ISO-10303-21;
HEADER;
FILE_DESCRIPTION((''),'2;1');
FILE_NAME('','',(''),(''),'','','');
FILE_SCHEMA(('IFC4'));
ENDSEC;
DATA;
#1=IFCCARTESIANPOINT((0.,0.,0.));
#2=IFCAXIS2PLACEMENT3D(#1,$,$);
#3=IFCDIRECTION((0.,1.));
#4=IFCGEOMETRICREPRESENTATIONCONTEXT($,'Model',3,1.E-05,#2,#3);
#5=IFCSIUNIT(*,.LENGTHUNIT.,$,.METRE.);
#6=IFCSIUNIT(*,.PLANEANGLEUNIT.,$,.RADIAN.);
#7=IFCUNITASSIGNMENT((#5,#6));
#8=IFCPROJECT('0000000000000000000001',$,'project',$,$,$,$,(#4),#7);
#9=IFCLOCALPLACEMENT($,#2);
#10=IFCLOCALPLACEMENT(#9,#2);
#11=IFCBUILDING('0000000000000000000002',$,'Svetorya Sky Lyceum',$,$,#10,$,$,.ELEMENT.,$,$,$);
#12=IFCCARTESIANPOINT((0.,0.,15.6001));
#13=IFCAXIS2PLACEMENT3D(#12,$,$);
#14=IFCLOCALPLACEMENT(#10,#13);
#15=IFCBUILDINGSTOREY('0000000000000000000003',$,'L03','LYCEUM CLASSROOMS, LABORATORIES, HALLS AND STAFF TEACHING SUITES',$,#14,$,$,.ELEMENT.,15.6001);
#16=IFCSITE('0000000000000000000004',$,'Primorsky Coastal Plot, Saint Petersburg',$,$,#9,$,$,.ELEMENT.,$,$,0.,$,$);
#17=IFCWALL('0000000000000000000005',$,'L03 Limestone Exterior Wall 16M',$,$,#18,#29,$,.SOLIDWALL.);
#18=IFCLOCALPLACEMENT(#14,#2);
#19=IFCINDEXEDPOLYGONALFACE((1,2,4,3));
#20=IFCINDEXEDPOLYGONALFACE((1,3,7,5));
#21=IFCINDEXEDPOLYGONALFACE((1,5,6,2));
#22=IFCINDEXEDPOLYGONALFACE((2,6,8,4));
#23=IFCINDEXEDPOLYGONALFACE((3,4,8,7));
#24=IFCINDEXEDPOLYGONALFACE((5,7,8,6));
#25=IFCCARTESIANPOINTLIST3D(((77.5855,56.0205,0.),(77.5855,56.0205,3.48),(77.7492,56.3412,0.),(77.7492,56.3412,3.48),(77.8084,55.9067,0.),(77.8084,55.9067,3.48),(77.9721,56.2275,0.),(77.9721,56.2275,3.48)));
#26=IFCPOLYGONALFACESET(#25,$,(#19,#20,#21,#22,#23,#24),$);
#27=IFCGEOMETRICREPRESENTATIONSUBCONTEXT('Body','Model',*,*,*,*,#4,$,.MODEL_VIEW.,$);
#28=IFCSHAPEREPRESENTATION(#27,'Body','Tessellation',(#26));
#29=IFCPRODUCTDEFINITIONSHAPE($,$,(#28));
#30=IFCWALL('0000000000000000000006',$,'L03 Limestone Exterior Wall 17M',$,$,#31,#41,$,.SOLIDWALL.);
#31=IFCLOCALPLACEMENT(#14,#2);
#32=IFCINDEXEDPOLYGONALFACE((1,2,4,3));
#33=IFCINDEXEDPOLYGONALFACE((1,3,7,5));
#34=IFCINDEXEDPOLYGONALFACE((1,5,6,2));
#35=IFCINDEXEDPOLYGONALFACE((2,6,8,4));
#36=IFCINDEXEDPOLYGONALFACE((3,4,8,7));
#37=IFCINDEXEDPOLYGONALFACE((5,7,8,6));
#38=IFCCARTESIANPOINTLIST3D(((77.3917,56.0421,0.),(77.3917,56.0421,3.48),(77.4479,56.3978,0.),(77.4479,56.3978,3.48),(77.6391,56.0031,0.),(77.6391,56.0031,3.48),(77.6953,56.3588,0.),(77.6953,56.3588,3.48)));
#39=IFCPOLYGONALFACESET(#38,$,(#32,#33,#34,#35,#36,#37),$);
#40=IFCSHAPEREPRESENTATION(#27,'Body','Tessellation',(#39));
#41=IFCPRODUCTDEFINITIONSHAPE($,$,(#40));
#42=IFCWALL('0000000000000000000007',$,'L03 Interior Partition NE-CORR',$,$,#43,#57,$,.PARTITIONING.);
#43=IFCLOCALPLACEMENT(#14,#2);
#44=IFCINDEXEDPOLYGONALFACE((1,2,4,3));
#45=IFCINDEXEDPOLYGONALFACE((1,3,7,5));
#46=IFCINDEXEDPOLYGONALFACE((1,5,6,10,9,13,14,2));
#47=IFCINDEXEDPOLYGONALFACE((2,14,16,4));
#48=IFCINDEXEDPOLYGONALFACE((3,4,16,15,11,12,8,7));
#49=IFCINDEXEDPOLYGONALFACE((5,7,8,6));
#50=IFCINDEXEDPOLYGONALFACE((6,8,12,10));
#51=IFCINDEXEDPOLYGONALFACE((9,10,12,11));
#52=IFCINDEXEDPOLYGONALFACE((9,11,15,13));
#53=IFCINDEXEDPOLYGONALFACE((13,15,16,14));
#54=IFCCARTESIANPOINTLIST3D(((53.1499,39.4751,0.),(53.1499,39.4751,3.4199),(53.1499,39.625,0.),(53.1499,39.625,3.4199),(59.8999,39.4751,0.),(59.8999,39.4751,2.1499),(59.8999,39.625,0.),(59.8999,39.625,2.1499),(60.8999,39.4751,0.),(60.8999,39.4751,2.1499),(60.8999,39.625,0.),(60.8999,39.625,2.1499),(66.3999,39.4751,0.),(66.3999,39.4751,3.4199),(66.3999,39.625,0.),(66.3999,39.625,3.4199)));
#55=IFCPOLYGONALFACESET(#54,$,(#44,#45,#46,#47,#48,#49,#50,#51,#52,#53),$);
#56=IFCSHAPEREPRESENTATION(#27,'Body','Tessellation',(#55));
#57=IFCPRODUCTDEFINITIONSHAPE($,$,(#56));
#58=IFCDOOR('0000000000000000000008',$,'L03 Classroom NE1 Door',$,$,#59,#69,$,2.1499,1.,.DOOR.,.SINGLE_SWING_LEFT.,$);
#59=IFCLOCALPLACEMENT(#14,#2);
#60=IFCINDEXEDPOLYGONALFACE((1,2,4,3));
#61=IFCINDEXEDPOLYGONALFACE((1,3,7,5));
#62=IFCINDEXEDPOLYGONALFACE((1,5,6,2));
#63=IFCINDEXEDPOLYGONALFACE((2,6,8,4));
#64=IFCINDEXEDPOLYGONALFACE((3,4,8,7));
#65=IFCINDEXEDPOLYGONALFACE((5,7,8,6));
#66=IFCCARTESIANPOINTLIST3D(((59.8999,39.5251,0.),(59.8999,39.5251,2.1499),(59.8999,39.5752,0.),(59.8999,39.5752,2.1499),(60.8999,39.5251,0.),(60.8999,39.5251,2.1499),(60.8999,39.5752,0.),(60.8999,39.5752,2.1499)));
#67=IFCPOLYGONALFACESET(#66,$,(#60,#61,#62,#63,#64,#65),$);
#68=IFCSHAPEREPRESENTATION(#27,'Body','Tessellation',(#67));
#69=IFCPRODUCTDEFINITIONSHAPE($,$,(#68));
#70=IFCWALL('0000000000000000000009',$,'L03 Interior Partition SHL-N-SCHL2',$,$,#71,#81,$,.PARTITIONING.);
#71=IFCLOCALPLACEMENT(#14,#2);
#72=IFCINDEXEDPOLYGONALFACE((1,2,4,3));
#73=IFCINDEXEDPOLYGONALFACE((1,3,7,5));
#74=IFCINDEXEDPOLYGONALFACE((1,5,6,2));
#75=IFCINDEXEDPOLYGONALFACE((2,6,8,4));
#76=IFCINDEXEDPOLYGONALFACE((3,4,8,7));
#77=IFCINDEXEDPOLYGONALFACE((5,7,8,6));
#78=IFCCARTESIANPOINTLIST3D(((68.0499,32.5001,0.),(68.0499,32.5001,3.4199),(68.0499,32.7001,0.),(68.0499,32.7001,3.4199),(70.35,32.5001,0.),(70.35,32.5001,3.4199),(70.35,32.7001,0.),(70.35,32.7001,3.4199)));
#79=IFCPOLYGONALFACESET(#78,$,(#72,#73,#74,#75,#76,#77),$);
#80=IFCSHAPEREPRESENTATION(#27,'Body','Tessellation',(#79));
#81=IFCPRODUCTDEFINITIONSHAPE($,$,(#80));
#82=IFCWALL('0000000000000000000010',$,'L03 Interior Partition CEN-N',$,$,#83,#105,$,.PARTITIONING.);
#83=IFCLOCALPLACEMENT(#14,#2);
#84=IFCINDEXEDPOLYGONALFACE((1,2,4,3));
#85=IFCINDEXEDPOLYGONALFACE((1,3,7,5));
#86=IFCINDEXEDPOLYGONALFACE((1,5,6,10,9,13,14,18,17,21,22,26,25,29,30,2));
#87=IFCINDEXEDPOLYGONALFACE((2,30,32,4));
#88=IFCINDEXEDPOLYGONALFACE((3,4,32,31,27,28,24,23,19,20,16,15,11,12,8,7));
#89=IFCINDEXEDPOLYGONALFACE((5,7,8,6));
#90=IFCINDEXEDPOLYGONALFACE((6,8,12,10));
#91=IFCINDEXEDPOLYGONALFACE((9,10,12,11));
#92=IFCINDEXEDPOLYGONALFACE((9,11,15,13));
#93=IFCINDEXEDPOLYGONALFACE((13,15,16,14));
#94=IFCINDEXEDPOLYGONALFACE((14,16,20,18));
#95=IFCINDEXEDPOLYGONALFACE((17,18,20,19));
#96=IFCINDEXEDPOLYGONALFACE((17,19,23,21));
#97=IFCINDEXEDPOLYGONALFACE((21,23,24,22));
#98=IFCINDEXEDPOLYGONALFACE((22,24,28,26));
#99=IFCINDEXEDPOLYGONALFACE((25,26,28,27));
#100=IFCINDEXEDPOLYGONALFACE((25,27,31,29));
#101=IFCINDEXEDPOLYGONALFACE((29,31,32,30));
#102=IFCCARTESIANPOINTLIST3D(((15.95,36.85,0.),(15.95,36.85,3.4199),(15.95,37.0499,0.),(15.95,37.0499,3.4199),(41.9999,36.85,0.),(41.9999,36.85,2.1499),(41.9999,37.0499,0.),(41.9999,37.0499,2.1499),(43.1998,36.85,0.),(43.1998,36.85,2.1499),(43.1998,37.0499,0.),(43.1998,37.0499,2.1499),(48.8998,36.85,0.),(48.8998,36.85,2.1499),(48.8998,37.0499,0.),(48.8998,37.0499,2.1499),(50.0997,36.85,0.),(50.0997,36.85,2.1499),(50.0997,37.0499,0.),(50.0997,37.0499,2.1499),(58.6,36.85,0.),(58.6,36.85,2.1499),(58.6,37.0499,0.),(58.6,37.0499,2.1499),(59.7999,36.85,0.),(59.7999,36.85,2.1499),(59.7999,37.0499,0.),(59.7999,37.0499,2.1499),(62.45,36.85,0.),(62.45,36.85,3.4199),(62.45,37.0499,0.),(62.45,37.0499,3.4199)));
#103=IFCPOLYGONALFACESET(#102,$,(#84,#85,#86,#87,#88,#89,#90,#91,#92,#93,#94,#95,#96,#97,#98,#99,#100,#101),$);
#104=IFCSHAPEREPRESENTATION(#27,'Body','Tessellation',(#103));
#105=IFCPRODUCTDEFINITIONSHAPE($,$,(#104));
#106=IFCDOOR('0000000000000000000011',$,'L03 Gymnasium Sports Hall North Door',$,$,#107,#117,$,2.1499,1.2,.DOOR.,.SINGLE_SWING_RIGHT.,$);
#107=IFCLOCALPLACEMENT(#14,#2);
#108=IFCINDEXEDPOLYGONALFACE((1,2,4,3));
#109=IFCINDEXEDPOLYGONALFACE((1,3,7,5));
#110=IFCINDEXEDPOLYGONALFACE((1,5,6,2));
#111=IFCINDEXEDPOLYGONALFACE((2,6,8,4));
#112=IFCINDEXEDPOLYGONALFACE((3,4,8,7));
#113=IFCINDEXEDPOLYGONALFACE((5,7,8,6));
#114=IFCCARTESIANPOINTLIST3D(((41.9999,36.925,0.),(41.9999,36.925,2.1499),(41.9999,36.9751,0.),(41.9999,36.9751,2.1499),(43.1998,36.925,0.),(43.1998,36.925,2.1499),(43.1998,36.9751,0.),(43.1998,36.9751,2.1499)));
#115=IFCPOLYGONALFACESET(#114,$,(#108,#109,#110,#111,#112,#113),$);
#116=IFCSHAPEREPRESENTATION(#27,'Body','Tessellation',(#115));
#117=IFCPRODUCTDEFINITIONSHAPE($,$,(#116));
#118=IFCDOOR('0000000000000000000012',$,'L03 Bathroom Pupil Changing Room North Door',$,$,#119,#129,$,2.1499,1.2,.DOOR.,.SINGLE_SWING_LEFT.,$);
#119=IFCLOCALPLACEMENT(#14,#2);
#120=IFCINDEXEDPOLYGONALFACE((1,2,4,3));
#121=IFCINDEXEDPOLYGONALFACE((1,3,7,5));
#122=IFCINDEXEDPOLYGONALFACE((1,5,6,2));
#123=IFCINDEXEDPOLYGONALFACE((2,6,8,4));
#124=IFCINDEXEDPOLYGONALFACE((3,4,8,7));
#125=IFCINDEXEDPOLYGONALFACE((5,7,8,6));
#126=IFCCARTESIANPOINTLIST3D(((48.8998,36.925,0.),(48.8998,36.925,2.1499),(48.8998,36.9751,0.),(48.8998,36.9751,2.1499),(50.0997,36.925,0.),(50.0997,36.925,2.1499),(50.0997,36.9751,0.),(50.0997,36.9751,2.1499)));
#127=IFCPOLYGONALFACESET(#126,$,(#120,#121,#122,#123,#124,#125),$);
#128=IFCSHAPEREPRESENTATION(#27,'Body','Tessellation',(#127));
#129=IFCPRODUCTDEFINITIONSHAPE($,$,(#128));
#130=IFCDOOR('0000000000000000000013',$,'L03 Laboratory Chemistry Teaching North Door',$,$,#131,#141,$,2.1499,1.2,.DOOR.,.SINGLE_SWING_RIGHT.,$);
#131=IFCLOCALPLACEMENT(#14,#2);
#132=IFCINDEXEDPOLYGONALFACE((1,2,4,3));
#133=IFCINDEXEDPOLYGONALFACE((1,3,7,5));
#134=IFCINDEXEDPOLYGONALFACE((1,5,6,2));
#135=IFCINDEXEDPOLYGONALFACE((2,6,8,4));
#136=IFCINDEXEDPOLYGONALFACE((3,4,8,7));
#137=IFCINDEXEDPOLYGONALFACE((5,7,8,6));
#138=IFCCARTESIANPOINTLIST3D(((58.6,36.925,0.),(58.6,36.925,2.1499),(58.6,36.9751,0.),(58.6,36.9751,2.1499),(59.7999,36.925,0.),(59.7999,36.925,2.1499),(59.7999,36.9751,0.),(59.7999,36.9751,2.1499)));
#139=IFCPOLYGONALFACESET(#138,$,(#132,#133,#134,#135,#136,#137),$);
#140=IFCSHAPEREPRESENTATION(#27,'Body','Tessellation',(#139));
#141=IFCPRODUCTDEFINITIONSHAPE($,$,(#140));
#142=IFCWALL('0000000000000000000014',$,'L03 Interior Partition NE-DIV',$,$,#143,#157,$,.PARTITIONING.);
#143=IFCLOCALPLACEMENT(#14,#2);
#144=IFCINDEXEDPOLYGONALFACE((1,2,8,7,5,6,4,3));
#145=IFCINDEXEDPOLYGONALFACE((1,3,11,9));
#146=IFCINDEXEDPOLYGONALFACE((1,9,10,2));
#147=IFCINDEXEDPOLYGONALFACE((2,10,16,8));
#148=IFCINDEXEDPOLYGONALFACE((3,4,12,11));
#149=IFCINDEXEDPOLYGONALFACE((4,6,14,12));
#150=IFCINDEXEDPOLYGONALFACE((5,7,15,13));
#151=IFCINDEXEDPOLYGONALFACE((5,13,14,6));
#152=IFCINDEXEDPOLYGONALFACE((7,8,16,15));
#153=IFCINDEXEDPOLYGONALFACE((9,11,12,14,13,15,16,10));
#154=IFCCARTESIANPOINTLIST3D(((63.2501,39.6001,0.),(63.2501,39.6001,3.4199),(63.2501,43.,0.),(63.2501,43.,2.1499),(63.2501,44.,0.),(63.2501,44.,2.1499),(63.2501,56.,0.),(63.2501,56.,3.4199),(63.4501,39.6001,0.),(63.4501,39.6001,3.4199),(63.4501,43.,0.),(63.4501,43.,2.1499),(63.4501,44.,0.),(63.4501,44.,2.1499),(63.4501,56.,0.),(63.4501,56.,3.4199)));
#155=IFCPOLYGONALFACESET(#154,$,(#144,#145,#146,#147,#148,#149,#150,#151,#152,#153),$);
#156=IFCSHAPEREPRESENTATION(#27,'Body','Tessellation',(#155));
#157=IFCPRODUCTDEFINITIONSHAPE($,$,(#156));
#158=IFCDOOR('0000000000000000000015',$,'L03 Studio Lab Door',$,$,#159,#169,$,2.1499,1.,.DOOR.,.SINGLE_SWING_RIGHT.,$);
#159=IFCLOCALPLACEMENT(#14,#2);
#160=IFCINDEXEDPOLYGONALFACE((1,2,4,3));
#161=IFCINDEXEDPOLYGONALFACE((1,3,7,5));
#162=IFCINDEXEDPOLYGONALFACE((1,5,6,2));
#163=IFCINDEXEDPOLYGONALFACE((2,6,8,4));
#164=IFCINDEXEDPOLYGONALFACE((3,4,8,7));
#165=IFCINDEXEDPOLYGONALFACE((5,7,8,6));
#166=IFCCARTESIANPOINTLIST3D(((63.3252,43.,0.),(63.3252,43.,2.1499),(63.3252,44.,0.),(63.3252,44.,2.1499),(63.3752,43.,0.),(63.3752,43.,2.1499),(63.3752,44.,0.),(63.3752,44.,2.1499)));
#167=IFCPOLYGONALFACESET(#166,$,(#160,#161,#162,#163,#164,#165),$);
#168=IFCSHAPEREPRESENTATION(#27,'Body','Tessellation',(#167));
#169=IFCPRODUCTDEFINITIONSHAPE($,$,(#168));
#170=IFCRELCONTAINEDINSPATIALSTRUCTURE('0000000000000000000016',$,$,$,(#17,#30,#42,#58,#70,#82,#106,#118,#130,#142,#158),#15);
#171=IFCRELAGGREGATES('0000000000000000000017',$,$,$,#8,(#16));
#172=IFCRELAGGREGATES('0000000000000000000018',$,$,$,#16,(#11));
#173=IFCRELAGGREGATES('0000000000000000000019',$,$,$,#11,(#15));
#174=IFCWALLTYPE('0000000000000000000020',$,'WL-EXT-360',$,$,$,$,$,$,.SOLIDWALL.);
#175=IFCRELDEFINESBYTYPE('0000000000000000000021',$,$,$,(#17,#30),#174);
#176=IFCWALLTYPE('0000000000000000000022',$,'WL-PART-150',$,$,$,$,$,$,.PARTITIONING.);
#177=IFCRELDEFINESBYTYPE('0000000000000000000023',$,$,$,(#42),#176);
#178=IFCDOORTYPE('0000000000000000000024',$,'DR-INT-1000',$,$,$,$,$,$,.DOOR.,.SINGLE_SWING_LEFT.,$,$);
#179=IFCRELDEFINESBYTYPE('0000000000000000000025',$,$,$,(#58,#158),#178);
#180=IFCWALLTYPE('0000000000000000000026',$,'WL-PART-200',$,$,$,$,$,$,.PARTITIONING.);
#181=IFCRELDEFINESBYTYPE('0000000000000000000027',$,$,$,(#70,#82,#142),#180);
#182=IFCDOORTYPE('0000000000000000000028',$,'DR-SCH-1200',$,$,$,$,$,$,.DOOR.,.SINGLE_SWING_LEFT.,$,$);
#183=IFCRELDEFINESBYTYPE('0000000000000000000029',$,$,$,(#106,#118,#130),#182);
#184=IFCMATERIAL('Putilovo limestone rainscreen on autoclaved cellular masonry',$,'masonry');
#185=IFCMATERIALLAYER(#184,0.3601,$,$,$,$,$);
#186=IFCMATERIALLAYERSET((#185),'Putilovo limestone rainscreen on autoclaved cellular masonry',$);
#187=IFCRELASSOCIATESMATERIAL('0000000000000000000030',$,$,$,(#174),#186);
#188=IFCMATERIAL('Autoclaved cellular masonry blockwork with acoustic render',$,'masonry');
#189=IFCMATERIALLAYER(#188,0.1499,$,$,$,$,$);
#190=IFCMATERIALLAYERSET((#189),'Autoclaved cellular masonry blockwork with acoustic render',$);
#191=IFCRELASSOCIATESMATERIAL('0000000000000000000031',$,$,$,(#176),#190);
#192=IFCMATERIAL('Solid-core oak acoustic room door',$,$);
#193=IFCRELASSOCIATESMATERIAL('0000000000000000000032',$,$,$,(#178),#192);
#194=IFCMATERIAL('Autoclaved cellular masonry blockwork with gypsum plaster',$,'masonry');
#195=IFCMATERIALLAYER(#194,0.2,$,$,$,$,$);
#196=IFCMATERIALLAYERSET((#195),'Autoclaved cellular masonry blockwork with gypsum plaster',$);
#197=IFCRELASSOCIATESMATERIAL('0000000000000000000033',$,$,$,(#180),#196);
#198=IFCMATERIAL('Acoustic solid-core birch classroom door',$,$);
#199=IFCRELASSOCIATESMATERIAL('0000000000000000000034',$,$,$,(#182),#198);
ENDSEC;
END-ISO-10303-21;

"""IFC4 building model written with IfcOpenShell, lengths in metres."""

from ifc_helpers import new_model, si_unit, direction, frame, frame_2d, origin, place, context, subcontext, project, spatial, rectangle, extrude, material, layer, layer_set, type_object, element, fill, save


model = new_model("IFC4")

# Units and contexts
model_context = context("Model", 3, precision=1e-05, world=origin(), true_north=direction((0.0, 1.0)))
body_context = subcontext(model_context, "Body", "Model", "MODEL_VIEW")
ifc_project = project(units=[si_unit("LENGTHUNIT", "METRE"), si_unit("PLANEANGLEUNIT", "RADIAN")], contexts=[model_context])

# Site, building, storey
site_placement = place(None, origin())
site = spatial("IfcSite", under=ifc_project, at=site_placement, Name="Primorsky Coastal Plot, Saint Petersburg", CompositionType="ELEMENT", RefElevation=0.0)
building_placement = place(site_placement, origin())
building = spatial("IfcBuilding", under=site, at=building_placement, Name="Svetorya Sky Lyceum", CompositionType="ELEMENT")
storey_placement = place(building_placement, frame((0.0, 0.0, 15.6001)))
storey = spatial("IfcBuildingStorey", under=building, at=storey_placement, Name="L03", Description="LYCEUM CLASSROOMS, LABORATORIES, HALLS AND STAFF TEACHING SUITES", CompositionType="ELEMENT", Elevation=15.6001)

# Walls
ifc_material_1 = material(Name="Putilovo limestone rainscreen on autoclaved cellular masonry", Category="masonry")
ifc_layer_1 = layer(ifc_material_1, 0.3601)
ifc_layer_set_1 = layer_set([ifc_layer_1], Name="Putilovo limestone rainscreen on autoclaved cellular masonry")
wall_type_1 = type_object("IfcWallType", Name="WL-EXT-360", PredefinedType="SOLIDWALL", material=ifc_layer_set_1)
for number, where, z_axis, x_axis, name in (
    (1, (77.8901, 56.0671, 0.0), (0.0, 0.0, 1.0), (-0.890689, 0.454613, 0.0), "L03 Limestone Exterior Wall 16M"),
):
    element("IfcWall", number, at=place(storey_placement, frame(where, z_axis=z_axis, x_axis=x_axis)), inside=storey, type_object=wall_type_1, Name=name, PredefinedType="SOLIDWALL", context=body_context, shape_type="SweptSolid", body=[
        extrude(rectangle(XDim=0.2502, YDim=0.3601, at=frame_2d((0.125, 0.0))), origin(), (0.0, 0.0, 1.0), 3.48),
    ])
wall_1_placement = place(storey_placement, frame((77.6672, 56.1809, 0.0), z_axis=(0.0, 0.0, 1.0), x_axis=(-0.987755, 0.156013, 0.0)))
element("IfcWall", 2, at=wall_1_placement, inside=storey, type_object=wall_type_1, Name="L03 Limestone Exterior Wall 17M", PredefinedType="SOLIDWALL", context=body_context, shape_type="SweptSolid", body=[
    extrude(rectangle(XDim=0.2505, YDim=0.3601, at=frame_2d((0.1252, 0.0))), origin(), (0.0, 0.0, 1.0), 3.48),
])

# Wall, opening, door
ifc_material_2 = material(Name="Autoclaved cellular masonry blockwork with acoustic render", Category="masonry")
ifc_layer_2 = layer(ifc_material_2, 0.1499)
ifc_layer_set_2 = layer_set([ifc_layer_2], Name="Autoclaved cellular masonry blockwork with acoustic render")
wall_type_2 = type_object("IfcWallType", Name="WL-PART-150", PredefinedType="PARTITIONING", material=ifc_layer_set_2)
wall_2_placement = place(storey_placement, frame((66.3999, 39.55, 0.0), z_axis=(0.0, 0.0, 1.0), x_axis=(-1.0, 0.0, 0.0)))
wall_2 = element("IfcWall", 3, at=wall_2_placement, inside=storey, type_object=wall_type_2, Name="L03 Interior Partition NE-CORR", PredefinedType="PARTITIONING", context=body_context, shape_type="SweptSolid", body=[
    extrude(rectangle(XDim=13.25, YDim=0.1499, at=frame_2d((6.625, 0.0))), origin(), (0.0, 0.0, 1.0), 3.4199),
])
opening_1_placement = place(wall_2_placement, frame((5.5, 0.0, 0.0)))
opening_1 = element("IfcOpeningElement", 4, at=opening_1_placement, cuts=wall_2, PredefinedType="OPENING", context=body_context, shape_type="SweptSolid", body=[
    extrude(rectangle(XDim=1.0, YDim=2.1499, at=frame_2d((0.5, 1.075))), frame((0.0, 0.085, 0.0), z_axis=(0.0, -1.0, 0.0), x_axis=(1.0, 0.0, 0.0)), (0.0, 0.0, 1.0), 0.1699),
])
ifc_material_3 = material(Name="Solid-core oak acoustic room door")
door_type_1 = type_object("IfcDoorType", Name="DR-INT-1000", OperationType="SINGLE_SWING_LEFT", PredefinedType="DOOR", material=ifc_material_3)
door_1_placement = place(opening_1_placement, origin())
door_1 = element("IfcDoor", 5, at=door_1_placement, inside=storey, type_object=door_type_1, Name="L03 Classroom NE1 Door", OperationType="SINGLE_SWING_LEFT", OverallHeight=2.1499, OverallWidth=1.0, PredefinedType="DOOR", context=body_context, shape_type="SweptSolid", body=[
    extrude(rectangle(XDim=1.0, YDim=2.1499, at=frame_2d((0.5, 1.075))), frame((0.0, 0.0249, 0.0), z_axis=(0.0, -1.0, 0.0), x_axis=(1.0, 0.0, 0.0)), (0.0, 0.0, 1.0), 0.05),
])
fill(opening_1, door_1)

# Wall
ifc_material_4 = material(Name="Autoclaved cellular masonry blockwork with gypsum plaster", Category="masonry")
ifc_layer_3 = layer(ifc_material_4, 0.2)
ifc_layer_set_3 = layer_set([ifc_layer_3], Name="Autoclaved cellular masonry blockwork with gypsum plaster")
wall_type_3 = type_object("IfcWallType", Name="WL-PART-200", PredefinedType="PARTITIONING", material=ifc_layer_set_3)
wall_3_placement = place(storey_placement, frame((68.05, 32.6001, 0.0), z_axis=(0.0, 0.0, 1.0), x_axis=(1.0, 0.0, 0.0)))
element("IfcWall", 6, at=wall_3_placement, inside=storey, type_object=wall_type_3, Name="L03 Interior Partition SHL-N-SCHL2", PredefinedType="PARTITIONING", context=body_context, shape_type="SweptSolid", body=[
    extrude(rectangle(XDim=2.3, YDim=0.2, at=frame_2d((1.1499, 0.0))), origin(), (0.0, 0.0, 1.0), 3.4199),
])

# Wall, openings, doors
wall_4_placement = place(storey_placement, frame((62.45, 36.95, 0.0), z_axis=(0.0, 0.0, 1.0), x_axis=(-1.0, 0.0, 0.0)))
wall_4 = element("IfcWall", 7, at=wall_4_placement, inside=storey, type_object=wall_type_3, Name="L03 Interior Partition CEN-N", PredefinedType="PARTITIONING", context=body_context, shape_type="SweptSolid", body=[
    extrude(rectangle(XDim=46.5, YDim=0.2, at=frame_2d((23.25, 0.0))), origin(), (0.0, 0.0, 1.0), 3.4199),
])
opening_2_placement = place(wall_4_placement, frame((19.25, 0.0, 0.0)))
opening_2 = element("IfcOpeningElement", 8, at=opening_2_placement, cuts=wall_4, PredefinedType="OPENING", context=body_context, shape_type="SweptSolid", body=[
    extrude(rectangle(XDim=1.2, YDim=2.1499, at=frame_2d((0.6001, 1.075))), frame((0.0, 0.1099, 0.0), z_axis=(0.0, -1.0, 0.0), x_axis=(1.0, 0.0, 0.0)), (0.0, 0.0, 1.0), 0.22),
])
opening_3_placement = place(wall_4_placement, frame((12.3501, 0.0, 0.0)))
opening_3 = element("IfcOpeningElement", 9, at=opening_3_placement, cuts=wall_4, PredefinedType="OPENING", context=body_context, shape_type="SweptSolid", body=[
    extrude(rectangle(XDim=1.2, YDim=2.1499, at=frame_2d((0.6001, 1.075))), frame((0.0, 0.1099, 0.0), z_axis=(0.0, -1.0, 0.0), x_axis=(1.0, 0.0, 0.0)), (0.0, 0.0, 1.0), 0.22),
])
opening_4_placement = place(wall_4_placement, frame((2.6499, 0.0, 0.0)))
opening_4 = element("IfcOpeningElement", 10, at=opening_4_placement, cuts=wall_4, PredefinedType="OPENING", context=body_context, shape_type="SweptSolid", body=[
    extrude(rectangle(XDim=1.2, YDim=2.1499, at=frame_2d((0.6001, 1.075))), frame((0.0, 0.1099, 0.0), z_axis=(0.0, -1.0, 0.0), x_axis=(1.0, 0.0, 0.0)), (0.0, 0.0, 1.0), 0.22),
])
ifc_material_5 = material(Name="Acoustic solid-core birch classroom door")
door_type_2 = type_object("IfcDoorType", Name="DR-SCH-1200", OperationType="SINGLE_SWING_LEFT", PredefinedType="DOOR", material=ifc_material_5)
door_2_placement = place(opening_2_placement, origin())
door_2 = element("IfcDoor", 11, at=door_2_placement, inside=storey, type_object=door_type_2, Name="L03 Gymnasium Sports Hall North Door", OperationType="SINGLE_SWING_RIGHT", OverallHeight=2.1499, OverallWidth=1.2, PredefinedType="DOOR", context=body_context, shape_type="SweptSolid", body=[
    extrude(rectangle(XDim=1.2, YDim=2.1499, at=frame_2d((0.6001, 1.075))), frame((0.0, 0.0249, 0.0), z_axis=(0.0, -1.0, 0.0), x_axis=(1.0, 0.0, 0.0)), (0.0, 0.0, 1.0), 0.05),
])
fill(opening_2, door_2)
door_3_placement = place(opening_3_placement, origin())
door_3 = element("IfcDoor", 12, at=door_3_placement, inside=storey, type_object=door_type_2, Name="L03 Bathroom Pupil Changing Room North Door", OperationType="SINGLE_SWING_LEFT", OverallHeight=2.1499, OverallWidth=1.2, PredefinedType="DOOR", context=body_context, shape_type="SweptSolid", body=[
    extrude(rectangle(XDim=1.2, YDim=2.1499, at=frame_2d((0.6001, 1.075))), frame((0.0, 0.0249, 0.0), z_axis=(0.0, -1.0, 0.0), x_axis=(1.0, 0.0, 0.0)), (0.0, 0.0, 1.0), 0.05),
])
fill(opening_3, door_3)
door_4_placement = place(opening_4_placement, origin())
door_4 = element("IfcDoor", 13, at=door_4_placement, inside=storey, type_object=door_type_2, Name="L03 Laboratory Chemistry Teaching North Door", OperationType="SINGLE_SWING_RIGHT", OverallHeight=2.1499, OverallWidth=1.2, PredefinedType="DOOR", context=body_context, shape_type="SweptSolid", body=[
    extrude(rectangle(XDim=1.2, YDim=2.1499, at=frame_2d((0.6001, 1.075))), frame((0.0, 0.0249, 0.0), z_axis=(0.0, -1.0, 0.0), x_axis=(1.0, 0.0, 0.0)), (0.0, 0.0, 1.0), 0.05),
])
fill(opening_4, door_4)

# Wall, opening, door
wall_5_placement = place(storey_placement, frame((63.3501, 39.6001, 0.0), z_axis=(0.0, 0.0, 1.0), x_axis=(0.0, 1.0, 0.0)))
wall_5 = element("IfcWall", 14, at=wall_5_placement, inside=storey, type_object=wall_type_3, Name="L03 Interior Partition NE-DIV", PredefinedType="PARTITIONING", context=body_context, shape_type="SweptSolid", body=[
    extrude(rectangle(XDim=16.3999, YDim=0.2, at=frame_2d((8.2, 0.0))), origin(), (0.0, 0.0, 1.0), 3.4199),
])
opening_5_placement = place(wall_5_placement, frame((3.3999, 0.0, 0.0)))
opening_5 = element("IfcOpeningElement", 15, at=opening_5_placement, cuts=wall_5, PredefinedType="OPENING", context=body_context, shape_type="SweptSolid", body=[
    extrude(rectangle(XDim=1.0, YDim=2.1499, at=frame_2d((0.5, 1.075))), frame((0.0, 0.1099, 0.0), z_axis=(0.0, -1.0, 0.0), x_axis=(1.0, 0.0, 0.0)), (0.0, 0.0, 1.0), 0.22),
])
door_5_placement = place(opening_5_placement, origin())
door_5 = element("IfcDoor", 16, at=door_5_placement, inside=storey, type_object=door_type_1, Name="L03 Studio Lab Door", OperationType="SINGLE_SWING_RIGHT", OverallHeight=2.1499, OverallWidth=1.0, PredefinedType="DOOR", context=body_context, shape_type="SweptSolid", body=[
    extrude(rectangle(XDim=1.0, YDim=2.1499, at=frame_2d((0.5, 1.075))), frame((0.0, 0.0249, 0.0), z_axis=(0.0, -1.0, 0.0), x_axis=(1.0, 0.0, 0.0)), (0.0, 0.0, 1.0), 0.05),
])
fill(opening_5, door_5)

save(model, "model.ifc")
